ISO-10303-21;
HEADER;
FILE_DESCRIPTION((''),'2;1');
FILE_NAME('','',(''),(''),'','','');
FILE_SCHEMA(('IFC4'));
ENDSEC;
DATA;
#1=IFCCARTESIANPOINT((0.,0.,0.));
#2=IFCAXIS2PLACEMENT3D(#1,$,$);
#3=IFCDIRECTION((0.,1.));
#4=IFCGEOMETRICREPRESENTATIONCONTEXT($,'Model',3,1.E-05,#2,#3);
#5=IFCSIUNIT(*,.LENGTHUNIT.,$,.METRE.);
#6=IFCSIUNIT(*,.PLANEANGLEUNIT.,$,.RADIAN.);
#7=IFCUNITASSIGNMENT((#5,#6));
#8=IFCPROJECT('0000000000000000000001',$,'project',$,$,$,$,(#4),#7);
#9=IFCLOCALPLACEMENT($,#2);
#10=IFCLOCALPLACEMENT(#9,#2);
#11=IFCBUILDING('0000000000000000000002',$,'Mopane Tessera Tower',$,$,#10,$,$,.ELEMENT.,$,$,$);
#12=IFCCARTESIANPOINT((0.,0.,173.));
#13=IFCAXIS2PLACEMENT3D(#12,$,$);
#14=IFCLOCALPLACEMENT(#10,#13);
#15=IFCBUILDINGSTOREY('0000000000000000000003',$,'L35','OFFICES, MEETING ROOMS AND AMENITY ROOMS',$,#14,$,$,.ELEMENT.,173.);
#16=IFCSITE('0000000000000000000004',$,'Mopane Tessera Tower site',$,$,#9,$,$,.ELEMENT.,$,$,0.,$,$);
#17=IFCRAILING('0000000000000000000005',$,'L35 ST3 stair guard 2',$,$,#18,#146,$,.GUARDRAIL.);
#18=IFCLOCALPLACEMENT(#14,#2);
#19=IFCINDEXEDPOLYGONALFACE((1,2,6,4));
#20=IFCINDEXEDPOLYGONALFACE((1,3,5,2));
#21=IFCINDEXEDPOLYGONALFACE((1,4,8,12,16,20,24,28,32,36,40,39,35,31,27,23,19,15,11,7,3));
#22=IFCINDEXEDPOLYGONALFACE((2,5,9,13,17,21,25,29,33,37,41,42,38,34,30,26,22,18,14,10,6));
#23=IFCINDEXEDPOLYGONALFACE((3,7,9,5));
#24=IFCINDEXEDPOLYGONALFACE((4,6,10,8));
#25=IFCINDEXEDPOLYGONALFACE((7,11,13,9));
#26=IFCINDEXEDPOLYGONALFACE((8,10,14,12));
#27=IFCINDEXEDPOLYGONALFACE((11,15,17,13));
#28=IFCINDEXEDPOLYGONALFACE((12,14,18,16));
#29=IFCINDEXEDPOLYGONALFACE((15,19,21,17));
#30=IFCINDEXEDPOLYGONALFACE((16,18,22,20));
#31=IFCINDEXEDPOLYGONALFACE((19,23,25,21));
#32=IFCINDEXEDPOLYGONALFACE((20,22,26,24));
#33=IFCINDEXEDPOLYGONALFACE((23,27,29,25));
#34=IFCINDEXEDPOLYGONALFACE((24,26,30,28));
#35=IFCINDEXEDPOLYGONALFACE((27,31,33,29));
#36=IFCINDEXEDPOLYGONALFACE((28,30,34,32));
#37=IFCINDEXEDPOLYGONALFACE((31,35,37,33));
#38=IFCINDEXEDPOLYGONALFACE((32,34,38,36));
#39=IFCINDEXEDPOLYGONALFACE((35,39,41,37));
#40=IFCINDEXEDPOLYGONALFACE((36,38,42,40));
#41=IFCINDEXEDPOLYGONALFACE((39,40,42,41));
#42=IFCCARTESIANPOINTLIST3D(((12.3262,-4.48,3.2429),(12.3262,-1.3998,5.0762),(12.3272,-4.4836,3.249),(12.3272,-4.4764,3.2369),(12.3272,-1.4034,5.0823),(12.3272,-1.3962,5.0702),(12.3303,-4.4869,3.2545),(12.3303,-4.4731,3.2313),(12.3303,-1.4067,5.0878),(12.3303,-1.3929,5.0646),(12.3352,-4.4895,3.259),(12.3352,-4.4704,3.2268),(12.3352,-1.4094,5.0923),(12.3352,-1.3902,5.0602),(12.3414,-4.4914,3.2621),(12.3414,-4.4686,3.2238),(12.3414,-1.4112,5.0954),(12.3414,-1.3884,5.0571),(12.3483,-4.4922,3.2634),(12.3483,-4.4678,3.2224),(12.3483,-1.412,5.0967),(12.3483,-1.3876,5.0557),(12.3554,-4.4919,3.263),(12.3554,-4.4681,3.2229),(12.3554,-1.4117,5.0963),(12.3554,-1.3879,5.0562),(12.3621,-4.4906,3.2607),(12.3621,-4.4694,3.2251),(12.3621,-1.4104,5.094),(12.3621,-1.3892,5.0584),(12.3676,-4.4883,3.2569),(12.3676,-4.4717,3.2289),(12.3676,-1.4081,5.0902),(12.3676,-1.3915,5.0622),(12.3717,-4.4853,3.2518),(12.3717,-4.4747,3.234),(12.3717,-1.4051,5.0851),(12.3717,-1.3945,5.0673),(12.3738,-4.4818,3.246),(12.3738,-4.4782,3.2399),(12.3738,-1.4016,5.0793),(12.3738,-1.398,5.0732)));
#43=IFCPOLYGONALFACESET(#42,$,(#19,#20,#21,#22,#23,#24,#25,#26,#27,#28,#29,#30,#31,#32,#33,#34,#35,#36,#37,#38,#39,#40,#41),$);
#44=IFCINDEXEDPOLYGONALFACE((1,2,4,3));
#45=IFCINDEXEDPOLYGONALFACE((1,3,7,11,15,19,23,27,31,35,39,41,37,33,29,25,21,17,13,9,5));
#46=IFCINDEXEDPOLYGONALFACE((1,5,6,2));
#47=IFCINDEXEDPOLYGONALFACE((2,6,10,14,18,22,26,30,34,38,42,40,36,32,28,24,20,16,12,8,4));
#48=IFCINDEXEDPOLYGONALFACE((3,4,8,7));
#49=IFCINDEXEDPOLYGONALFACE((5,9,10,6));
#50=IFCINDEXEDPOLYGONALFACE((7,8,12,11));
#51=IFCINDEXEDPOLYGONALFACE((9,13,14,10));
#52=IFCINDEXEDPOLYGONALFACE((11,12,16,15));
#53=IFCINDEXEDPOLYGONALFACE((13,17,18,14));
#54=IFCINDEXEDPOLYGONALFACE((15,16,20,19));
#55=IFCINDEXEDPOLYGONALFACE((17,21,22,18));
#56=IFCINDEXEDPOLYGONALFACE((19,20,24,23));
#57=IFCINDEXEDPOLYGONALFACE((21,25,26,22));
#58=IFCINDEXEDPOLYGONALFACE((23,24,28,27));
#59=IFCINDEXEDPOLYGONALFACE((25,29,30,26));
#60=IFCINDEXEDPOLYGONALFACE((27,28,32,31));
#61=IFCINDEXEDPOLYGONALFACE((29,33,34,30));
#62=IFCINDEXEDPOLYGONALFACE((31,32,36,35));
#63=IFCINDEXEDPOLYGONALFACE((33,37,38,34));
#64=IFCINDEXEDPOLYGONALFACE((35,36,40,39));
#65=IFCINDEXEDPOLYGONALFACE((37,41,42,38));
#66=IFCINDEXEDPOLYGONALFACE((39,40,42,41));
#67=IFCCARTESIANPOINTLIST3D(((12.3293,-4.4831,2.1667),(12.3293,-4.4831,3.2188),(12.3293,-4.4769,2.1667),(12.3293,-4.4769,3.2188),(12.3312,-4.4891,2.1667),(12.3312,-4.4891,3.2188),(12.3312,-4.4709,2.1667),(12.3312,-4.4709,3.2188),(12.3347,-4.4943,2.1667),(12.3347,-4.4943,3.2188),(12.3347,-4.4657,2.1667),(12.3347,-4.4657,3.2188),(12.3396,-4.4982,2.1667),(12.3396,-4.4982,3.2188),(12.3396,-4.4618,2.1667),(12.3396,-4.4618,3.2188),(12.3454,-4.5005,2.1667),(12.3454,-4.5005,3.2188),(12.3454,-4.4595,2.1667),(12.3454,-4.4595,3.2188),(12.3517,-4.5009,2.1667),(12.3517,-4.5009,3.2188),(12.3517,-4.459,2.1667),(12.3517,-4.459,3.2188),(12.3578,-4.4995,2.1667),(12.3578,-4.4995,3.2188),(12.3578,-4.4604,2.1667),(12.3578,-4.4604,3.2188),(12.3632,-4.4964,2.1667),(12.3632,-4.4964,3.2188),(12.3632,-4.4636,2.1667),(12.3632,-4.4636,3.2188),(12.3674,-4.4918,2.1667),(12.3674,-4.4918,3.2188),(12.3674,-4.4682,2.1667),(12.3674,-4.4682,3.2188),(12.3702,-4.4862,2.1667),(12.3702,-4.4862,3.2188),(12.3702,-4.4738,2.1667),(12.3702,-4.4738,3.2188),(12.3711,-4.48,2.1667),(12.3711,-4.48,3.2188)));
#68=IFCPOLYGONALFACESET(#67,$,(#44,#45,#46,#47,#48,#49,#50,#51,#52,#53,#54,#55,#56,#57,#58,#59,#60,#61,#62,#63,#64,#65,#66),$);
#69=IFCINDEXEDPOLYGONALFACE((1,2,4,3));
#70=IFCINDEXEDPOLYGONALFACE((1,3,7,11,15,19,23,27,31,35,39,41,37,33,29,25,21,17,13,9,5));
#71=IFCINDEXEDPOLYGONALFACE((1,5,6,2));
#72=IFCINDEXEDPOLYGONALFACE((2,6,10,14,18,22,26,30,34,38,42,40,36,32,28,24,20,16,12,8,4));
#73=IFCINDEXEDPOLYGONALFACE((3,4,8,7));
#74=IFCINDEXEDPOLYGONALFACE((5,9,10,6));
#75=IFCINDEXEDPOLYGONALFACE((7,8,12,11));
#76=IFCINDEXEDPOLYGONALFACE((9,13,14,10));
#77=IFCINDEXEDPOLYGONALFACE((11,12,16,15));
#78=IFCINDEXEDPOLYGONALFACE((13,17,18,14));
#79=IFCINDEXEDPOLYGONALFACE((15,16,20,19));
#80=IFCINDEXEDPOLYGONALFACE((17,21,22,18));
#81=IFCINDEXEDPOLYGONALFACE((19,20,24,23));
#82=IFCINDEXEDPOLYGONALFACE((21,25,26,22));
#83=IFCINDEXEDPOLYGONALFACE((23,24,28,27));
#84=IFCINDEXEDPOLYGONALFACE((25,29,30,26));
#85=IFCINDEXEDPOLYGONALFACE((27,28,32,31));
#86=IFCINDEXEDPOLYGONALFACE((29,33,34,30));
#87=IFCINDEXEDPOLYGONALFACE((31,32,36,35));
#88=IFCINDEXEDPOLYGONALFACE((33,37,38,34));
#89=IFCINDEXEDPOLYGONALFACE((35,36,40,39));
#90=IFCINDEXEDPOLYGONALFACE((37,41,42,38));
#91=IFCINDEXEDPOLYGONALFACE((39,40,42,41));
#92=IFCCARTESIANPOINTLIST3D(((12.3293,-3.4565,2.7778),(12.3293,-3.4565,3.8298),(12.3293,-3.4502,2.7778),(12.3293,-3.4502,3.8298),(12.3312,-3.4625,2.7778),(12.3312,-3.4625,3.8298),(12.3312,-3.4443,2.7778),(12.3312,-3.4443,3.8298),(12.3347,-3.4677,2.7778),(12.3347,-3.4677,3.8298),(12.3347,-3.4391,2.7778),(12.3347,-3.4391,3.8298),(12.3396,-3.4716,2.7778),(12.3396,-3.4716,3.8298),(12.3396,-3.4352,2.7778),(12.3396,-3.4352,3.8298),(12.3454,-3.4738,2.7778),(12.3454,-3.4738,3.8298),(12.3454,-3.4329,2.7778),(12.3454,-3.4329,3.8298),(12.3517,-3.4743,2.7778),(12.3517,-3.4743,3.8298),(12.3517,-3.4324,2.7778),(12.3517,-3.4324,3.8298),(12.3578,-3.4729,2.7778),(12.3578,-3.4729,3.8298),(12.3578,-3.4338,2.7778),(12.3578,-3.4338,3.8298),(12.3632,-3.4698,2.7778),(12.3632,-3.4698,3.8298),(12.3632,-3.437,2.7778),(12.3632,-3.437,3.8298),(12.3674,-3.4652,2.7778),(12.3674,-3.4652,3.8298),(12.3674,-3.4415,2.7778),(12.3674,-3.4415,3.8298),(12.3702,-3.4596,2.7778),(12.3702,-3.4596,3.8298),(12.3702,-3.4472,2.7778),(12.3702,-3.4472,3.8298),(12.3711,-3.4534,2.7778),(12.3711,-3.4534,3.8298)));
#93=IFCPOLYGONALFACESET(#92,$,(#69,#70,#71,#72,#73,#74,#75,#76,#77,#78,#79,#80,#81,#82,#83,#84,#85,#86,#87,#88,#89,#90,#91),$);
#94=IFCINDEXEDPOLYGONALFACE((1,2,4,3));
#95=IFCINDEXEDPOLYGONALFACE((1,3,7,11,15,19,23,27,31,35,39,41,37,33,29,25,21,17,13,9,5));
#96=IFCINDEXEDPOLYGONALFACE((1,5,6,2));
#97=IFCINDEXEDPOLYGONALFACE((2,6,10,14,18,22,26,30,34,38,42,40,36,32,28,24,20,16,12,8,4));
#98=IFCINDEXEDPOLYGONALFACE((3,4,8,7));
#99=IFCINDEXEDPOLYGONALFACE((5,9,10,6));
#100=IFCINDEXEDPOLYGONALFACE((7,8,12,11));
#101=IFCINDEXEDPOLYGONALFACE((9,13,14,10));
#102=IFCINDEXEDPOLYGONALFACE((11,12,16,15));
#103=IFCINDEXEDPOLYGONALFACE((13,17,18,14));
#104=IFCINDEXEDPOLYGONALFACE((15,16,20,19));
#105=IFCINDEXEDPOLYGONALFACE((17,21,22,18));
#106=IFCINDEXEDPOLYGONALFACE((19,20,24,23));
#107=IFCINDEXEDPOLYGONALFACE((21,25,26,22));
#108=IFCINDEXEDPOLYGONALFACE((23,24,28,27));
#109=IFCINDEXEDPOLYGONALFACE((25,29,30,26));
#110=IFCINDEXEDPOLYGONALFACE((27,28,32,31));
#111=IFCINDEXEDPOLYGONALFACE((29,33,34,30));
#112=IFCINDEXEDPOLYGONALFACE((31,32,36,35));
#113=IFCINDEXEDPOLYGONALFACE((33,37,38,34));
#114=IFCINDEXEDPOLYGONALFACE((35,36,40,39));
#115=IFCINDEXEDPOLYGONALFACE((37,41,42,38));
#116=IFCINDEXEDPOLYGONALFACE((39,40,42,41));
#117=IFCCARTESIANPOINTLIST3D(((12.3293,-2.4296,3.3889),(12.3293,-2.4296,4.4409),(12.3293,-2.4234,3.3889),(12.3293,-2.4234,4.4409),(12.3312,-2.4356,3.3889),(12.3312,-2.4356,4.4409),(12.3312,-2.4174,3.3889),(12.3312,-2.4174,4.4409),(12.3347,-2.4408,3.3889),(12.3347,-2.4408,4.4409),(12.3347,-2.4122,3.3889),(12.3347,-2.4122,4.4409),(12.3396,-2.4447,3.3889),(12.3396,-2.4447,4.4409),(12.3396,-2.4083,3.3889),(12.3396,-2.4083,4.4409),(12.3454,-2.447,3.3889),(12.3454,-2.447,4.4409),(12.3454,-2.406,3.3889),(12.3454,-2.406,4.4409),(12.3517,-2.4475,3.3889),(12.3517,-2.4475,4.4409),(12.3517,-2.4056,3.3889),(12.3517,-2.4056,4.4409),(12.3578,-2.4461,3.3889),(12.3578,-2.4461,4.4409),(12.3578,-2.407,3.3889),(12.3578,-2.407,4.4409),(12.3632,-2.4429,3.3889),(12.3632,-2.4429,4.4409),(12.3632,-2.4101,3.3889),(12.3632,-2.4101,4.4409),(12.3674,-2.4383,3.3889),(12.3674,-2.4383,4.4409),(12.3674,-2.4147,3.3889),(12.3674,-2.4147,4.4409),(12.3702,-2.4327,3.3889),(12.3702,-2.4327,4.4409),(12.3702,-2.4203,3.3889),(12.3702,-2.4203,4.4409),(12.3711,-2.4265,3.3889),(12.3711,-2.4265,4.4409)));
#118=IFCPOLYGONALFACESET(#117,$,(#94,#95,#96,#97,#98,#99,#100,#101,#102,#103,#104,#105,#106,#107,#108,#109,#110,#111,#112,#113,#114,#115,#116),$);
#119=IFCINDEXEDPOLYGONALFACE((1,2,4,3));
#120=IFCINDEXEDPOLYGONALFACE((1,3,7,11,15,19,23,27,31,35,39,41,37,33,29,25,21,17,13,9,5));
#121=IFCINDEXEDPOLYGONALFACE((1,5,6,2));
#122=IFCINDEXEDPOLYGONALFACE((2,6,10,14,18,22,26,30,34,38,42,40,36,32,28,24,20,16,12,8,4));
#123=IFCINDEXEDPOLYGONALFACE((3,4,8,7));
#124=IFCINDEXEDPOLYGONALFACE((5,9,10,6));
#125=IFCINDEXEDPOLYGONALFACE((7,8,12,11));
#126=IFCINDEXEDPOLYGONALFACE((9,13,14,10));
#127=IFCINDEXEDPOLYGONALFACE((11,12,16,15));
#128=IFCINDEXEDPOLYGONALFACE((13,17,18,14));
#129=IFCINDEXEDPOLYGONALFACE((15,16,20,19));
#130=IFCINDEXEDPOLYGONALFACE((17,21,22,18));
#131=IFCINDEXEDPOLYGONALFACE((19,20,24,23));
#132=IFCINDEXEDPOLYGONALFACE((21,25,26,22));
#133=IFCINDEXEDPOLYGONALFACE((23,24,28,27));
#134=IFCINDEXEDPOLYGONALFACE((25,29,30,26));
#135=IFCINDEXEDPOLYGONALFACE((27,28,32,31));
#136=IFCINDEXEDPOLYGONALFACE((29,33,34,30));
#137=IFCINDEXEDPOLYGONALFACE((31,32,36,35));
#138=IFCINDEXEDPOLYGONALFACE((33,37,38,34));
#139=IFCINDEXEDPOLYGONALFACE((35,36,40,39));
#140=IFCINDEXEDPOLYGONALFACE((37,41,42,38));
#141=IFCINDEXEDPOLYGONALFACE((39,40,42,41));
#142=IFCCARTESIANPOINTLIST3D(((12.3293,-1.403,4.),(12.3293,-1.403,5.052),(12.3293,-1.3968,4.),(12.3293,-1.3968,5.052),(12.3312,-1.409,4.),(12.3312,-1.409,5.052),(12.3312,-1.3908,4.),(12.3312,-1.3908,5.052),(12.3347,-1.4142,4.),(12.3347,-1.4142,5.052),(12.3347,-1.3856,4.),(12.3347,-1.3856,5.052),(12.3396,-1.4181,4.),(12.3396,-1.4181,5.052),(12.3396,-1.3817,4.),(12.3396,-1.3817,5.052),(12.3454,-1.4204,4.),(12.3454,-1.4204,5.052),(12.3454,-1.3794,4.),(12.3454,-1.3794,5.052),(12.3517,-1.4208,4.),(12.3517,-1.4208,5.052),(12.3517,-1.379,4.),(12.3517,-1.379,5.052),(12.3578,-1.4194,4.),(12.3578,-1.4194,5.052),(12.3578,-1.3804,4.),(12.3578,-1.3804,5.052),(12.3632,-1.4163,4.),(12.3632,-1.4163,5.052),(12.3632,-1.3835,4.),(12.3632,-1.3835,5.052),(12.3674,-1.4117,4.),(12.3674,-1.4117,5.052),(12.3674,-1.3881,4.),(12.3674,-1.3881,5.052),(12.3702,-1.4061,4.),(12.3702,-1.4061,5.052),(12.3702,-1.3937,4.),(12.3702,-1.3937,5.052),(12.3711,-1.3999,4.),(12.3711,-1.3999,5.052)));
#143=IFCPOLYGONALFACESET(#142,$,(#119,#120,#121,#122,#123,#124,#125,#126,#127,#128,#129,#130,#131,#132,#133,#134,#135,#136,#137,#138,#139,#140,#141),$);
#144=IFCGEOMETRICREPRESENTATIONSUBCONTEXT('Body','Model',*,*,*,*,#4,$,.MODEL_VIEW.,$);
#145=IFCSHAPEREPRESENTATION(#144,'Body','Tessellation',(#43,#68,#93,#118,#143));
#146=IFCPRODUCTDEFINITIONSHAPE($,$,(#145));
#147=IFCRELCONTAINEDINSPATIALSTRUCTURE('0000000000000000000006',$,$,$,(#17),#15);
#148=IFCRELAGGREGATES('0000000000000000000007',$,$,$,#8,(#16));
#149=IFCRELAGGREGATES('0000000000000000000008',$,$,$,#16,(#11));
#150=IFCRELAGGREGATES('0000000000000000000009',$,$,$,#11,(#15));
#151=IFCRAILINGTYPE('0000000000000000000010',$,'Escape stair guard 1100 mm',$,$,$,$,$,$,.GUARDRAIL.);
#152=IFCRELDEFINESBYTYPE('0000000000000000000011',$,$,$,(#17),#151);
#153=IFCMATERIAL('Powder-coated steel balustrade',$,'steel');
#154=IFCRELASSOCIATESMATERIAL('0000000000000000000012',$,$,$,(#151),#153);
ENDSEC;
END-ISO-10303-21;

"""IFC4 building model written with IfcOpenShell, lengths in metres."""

from ifc_helpers import new_model, si_unit, direction, frame, origin, origin_2d, place, context, subcontext, project, spatial, circle, extrude, material, type_object, element, save


model = new_model("IFC4")

# Units and contexts
model_context = context("Model", 3, precision=1e-05, world=origin(), true_north=direction((0.0, 1.0)))
body_context = subcontext(model_context, "Body", "Model", "MODEL_VIEW")
ifc_project = project(units=[si_unit("LENGTHUNIT", "METRE"), si_unit("PLANEANGLEUNIT", "RADIAN")], contexts=[model_context])

# Site, building, storey
site_placement = place(None, origin())
site = spatial("IfcSite", under=ifc_project, at=site_placement, Name="Mopane Tessera Tower site", CompositionType="ELEMENT", RefElevation=0.0)
building_placement = place(site_placement, origin())
building = spatial("IfcBuilding", under=site, at=building_placement, Name="Mopane Tessera Tower", CompositionType="ELEMENT")
storey_placement = place(building_placement, frame((0.0, 0.0, 173.0)))
storey = spatial("IfcBuildingStorey", under=building, at=storey_placement, Name="L35", Description="OFFICES, MEETING ROOMS AND AMENITY ROOMS", CompositionType="ELEMENT", Elevation=173.0)

# Railing
ifc_material_1 = material(Name="Powder-coated steel balustrade", Category="steel")
railing_type_1 = type_object("IfcRailingType", Name="Escape stair guard 1100 mm", PredefinedType="GUARDRAIL", material=ifc_material_1)
railing_1_placement = place(storey_placement, frame((12.3501, -4.48, 2.1667)))
element("IfcRailing", 1, at=railing_1_placement, inside=storey, type_object=railing_type_1, Name="L35 ST3 stair guard 2", PredefinedType="GUARDRAIL", context=body_context, shape_type="SweptSolid", body=[
    extrude(circle(Radius=0.0239, at=origin_2d()), frame((0.0, 0.0, 1.0762), z_axis=(0.0, 0.859309, 0.511458), x_axis=(-1.0, 0.0, 0.0)), (0.0, 0.0, 1.0), 3.5845),
    extrude(circle(Radius=0.021, at=origin_2d()), origin(), (0.0, 0.0, 1.0), 1.052),
    extrude(circle(Radius=0.021, at=origin_2d()), frame((0.0, 1.0266, 0.6111)), (0.0, 0.0, 1.0), 1.052),
    extrude(circle(Radius=0.021, at=origin_2d()), frame((0.0, 2.0535, 1.2222)), (0.0, 0.0, 1.0), 1.052),
    extrude(circle(Radius=0.021, at=origin_2d()), frame((0.0, 3.0801, 1.8333)), (0.0, 0.0, 1.0), 1.052),
])

save(model, "model.ifc")
